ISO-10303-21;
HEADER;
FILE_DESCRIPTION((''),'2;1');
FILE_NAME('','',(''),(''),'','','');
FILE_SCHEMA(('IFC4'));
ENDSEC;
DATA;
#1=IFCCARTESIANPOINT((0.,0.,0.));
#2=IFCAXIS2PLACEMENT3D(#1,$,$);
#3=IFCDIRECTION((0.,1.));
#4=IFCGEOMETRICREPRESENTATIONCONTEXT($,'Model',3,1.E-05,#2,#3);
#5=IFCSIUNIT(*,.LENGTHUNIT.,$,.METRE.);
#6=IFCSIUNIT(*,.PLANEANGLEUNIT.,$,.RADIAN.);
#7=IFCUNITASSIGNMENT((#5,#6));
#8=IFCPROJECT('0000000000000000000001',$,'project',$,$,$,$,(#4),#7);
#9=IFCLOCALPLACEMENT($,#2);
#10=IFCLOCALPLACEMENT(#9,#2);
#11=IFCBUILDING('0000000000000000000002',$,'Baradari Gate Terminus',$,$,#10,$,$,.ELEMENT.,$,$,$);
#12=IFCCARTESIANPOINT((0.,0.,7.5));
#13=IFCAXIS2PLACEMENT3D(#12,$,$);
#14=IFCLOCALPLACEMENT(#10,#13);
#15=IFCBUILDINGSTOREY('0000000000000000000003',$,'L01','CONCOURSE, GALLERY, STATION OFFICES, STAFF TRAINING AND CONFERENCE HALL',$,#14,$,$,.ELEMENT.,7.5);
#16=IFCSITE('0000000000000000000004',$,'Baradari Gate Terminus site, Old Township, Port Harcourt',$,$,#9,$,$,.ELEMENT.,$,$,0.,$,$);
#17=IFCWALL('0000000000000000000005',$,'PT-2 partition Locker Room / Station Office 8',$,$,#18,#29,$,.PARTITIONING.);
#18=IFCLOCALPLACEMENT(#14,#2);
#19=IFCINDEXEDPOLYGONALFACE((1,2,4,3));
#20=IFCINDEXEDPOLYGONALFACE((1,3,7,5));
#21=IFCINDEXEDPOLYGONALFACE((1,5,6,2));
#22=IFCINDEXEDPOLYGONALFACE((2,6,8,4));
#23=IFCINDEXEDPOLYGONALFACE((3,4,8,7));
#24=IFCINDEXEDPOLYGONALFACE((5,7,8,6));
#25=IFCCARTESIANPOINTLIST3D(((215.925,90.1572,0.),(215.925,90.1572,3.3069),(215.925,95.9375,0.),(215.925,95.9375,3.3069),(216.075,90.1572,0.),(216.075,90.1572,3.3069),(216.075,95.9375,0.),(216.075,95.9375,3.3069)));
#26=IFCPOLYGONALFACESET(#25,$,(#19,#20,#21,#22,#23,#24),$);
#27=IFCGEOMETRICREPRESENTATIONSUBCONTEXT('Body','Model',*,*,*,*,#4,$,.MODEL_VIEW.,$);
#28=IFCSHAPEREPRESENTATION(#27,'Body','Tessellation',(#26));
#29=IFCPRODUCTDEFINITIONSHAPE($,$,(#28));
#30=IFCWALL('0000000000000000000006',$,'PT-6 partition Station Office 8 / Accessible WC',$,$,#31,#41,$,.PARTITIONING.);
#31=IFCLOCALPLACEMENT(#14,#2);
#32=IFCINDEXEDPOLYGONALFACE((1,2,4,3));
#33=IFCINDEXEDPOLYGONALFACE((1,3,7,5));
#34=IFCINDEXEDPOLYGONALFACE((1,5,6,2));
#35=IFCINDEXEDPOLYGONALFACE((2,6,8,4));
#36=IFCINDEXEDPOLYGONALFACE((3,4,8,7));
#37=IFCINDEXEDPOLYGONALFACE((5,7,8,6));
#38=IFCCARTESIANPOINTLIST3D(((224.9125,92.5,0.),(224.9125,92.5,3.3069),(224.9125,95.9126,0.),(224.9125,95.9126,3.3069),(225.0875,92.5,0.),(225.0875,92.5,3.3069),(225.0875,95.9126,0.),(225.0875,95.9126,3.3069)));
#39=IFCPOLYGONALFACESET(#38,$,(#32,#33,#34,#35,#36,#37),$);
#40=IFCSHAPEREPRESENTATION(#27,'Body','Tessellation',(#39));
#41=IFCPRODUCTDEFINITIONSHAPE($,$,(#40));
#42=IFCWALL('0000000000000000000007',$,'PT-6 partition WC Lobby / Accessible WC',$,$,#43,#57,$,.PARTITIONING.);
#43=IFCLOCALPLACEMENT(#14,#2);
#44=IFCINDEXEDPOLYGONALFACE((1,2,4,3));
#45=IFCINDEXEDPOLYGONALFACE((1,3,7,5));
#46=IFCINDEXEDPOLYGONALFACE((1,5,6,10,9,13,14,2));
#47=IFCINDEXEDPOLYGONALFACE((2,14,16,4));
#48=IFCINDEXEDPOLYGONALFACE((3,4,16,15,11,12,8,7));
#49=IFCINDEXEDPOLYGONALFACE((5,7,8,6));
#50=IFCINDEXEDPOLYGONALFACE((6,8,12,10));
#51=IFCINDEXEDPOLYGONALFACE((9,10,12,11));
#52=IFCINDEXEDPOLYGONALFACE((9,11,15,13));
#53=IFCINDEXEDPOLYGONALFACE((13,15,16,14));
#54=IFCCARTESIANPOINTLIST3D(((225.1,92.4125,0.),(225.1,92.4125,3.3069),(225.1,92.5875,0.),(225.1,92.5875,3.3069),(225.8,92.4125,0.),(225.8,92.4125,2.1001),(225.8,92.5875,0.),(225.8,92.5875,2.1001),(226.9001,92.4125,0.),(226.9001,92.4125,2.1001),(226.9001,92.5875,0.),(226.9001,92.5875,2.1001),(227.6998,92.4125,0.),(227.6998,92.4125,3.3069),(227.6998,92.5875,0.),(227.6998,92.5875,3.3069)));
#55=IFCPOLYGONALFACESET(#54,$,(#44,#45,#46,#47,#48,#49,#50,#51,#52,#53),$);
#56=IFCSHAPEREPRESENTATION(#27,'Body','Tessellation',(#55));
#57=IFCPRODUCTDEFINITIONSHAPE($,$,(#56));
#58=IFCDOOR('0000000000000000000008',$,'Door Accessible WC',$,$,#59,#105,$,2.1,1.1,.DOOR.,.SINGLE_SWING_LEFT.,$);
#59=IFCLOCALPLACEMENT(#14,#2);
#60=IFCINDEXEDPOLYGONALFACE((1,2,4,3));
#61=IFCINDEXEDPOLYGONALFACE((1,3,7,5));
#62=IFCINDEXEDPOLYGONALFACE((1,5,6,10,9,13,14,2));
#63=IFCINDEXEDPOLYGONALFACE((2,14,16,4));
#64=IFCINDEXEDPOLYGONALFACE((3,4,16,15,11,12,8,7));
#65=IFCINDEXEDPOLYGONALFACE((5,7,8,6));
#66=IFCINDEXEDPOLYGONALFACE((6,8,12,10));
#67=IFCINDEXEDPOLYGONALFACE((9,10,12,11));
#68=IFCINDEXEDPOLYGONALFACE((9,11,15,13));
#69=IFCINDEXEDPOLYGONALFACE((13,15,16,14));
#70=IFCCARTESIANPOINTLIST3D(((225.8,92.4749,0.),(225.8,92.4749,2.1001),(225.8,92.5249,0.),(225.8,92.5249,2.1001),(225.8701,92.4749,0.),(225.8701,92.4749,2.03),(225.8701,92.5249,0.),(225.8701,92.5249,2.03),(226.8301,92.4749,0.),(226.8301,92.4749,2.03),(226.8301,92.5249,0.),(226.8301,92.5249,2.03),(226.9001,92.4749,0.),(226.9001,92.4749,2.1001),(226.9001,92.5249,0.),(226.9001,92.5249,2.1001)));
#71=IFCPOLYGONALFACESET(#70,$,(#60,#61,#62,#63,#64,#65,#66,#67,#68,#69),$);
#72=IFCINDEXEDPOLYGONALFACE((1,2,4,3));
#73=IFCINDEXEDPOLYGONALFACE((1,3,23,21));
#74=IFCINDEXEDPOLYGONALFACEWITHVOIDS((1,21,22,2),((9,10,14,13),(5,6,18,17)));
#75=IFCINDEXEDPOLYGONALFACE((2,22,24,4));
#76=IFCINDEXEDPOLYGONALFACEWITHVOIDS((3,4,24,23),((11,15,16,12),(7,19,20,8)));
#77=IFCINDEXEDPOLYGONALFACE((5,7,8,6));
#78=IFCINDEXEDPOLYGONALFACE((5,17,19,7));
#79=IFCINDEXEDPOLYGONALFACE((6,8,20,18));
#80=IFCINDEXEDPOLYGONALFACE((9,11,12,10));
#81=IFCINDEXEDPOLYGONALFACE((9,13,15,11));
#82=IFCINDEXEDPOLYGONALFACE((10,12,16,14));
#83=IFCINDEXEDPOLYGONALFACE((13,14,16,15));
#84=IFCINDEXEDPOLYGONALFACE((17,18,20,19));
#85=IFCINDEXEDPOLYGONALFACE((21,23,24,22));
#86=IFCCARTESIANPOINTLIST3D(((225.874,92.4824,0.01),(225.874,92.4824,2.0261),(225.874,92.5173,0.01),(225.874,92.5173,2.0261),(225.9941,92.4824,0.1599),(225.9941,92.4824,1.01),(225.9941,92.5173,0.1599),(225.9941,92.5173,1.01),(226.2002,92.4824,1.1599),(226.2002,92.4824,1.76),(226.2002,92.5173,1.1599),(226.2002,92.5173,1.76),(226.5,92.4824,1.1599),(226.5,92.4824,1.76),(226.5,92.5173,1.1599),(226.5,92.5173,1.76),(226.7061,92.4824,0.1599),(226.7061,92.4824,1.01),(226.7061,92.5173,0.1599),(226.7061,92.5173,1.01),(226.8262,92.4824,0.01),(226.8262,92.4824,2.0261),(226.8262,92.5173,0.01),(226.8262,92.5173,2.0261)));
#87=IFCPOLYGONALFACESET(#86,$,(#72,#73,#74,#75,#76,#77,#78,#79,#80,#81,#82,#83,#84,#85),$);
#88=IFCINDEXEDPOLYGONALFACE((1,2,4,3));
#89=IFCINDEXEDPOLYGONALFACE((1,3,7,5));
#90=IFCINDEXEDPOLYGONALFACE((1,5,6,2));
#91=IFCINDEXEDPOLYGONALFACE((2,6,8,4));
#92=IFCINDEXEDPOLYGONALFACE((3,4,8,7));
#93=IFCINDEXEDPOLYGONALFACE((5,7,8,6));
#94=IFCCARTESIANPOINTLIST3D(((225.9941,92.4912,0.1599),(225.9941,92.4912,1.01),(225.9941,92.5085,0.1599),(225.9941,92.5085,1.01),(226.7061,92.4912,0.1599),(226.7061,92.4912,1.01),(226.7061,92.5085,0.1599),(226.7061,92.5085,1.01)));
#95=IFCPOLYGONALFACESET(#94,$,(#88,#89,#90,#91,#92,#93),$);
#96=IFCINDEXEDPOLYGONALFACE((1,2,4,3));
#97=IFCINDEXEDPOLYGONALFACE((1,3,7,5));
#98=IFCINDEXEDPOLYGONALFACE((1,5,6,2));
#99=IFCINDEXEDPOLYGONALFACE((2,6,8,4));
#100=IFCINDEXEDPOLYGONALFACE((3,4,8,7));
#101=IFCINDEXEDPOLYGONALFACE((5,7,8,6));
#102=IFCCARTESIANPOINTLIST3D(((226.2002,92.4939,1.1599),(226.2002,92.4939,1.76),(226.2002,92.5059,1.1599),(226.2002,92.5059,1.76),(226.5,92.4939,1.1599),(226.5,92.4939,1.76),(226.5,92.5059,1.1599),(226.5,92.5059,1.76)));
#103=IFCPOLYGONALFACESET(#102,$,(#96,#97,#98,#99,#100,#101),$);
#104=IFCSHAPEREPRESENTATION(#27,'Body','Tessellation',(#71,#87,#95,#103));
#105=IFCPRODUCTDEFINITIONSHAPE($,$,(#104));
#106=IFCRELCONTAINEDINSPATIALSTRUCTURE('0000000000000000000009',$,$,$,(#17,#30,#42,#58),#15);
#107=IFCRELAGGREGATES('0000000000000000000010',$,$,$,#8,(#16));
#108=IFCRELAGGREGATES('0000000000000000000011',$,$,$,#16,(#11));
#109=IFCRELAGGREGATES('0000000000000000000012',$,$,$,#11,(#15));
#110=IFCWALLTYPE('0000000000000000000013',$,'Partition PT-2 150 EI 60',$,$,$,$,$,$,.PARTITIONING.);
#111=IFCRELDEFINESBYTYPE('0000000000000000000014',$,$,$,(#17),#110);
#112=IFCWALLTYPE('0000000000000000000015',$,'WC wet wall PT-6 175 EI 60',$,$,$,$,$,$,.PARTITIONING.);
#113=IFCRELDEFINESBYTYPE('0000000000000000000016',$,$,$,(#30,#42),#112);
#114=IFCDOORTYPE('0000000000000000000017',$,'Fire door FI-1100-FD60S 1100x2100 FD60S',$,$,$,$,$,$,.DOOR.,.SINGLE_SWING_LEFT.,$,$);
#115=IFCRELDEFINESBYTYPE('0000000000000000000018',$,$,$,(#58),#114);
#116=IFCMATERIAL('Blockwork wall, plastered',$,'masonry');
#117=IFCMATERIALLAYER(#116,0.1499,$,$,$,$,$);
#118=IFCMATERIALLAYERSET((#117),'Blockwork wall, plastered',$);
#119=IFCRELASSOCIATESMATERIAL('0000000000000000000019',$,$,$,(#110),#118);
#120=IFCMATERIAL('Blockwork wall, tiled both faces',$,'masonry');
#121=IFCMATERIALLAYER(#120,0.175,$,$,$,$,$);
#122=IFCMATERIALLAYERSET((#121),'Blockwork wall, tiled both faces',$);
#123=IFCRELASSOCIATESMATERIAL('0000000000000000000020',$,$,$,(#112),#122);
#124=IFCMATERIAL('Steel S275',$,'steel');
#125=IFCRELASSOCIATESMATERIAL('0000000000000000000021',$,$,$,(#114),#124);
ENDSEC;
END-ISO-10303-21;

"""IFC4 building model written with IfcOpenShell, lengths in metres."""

from ifc_helpers import new_model, si_unit, direction, frame, frame_2d, origin, place, context, subcontext, project, spatial, polyline, rectangle, outline, extrude, material, layer, layer_set, type_object, element, fill, save


model = new_model("IFC4")

# Units and contexts
model_context = context("Model", 3, precision=1e-05, world=origin(), true_north=direction((0.0, 1.0)))
body_context = subcontext(model_context, "Body", "Model", "MODEL_VIEW")
ifc_project = project(units=[si_unit("LENGTHUNIT", "METRE"), si_unit("PLANEANGLEUNIT", "RADIAN")], contexts=[model_context])

# Site, building, storey
site_placement = place(None, origin())
site = spatial("IfcSite", under=ifc_project, at=site_placement, Name="Baradari Gate Terminus site, Old Township, Port Harcourt", CompositionType="ELEMENT", RefElevation=0.0)
building_placement = place(site_placement, origin())
building = spatial("IfcBuilding", under=site, at=building_placement, Name="Baradari Gate Terminus", CompositionType="ELEMENT")
storey_placement = place(building_placement, frame((0.0, 0.0, 7.5)))
storey = spatial("IfcBuildingStorey", under=building, at=storey_placement, Name="L01", Description="CONCOURSE, GALLERY, STATION OFFICES, STAFF TRAINING AND CONFERENCE HALL", CompositionType="ELEMENT", Elevation=7.5)

# Walls
ifc_material_1 = material(Name="Blockwork wall, plastered", Category="masonry")
ifc_layer_1 = layer(ifc_material_1, 0.1499)
ifc_layer_set_1 = layer_set([ifc_layer_1], Name="Blockwork wall, plastered")
wall_type_1 = type_object("IfcWallType", Name="Partition PT-2 150 EI 60", PredefinedType="PARTITIONING", material=ifc_layer_set_1)
wall_1_placement = place(storey_placement, frame((216.0, 95.9375, 0.0), z_axis=(0.0, 0.0, 1.0), x_axis=(0.0, -1.0, 0.0)))
element("IfcWall", 1, at=wall_1_placement, inside=storey, type_object=wall_type_1, Name="PT-2 partition Locker Room / Station Office 8", PredefinedType="PARTITIONING", context=body_context, shape_type="SweptSolid", body=[
    extrude(rectangle(XDim=5.7803, YDim=0.1499, at=frame_2d((2.8901, 0.0))), origin(), (0.0, 0.0, 1.0), 3.3069),
])
ifc_material_2 = material(Name="Blockwork wall, tiled both faces", Category="masonry")
ifc_layer_2 = layer(ifc_material_2, 0.175)
ifc_layer_set_2 = layer_set([ifc_layer_2], Name="Blockwork wall, tiled both faces")
wall_type_2 = type_object("IfcWallType", Name="WC wet wall PT-6 175 EI 60", PredefinedType="PARTITIONING", material=ifc_layer_set_2)
wall_2_placement = place(storey_placement, frame((225.0, 95.9126, 0.0), z_axis=(0.0, 0.0, 1.0), x_axis=(0.0, -1.0, 0.0)))
element("IfcWall", 2, at=wall_2_placement, inside=storey, type_object=wall_type_2, Name="PT-6 partition Station Office 8 / Accessible WC", PredefinedType="PARTITIONING", context=body_context, shape_type="SweptSolid", body=[
    extrude(rectangle(XDim=3.4126, YDim=0.175, at=frame_2d((1.7063, 0.0))), origin(), (0.0, 0.0, 1.0), 3.3069),
])

# Wall, opening, door
wall_3_placement = place(storey_placement, frame((225.1001, 92.5, 0.0), z_axis=(0.0, 0.0, 1.0), x_axis=(1.0, 0.0, 0.0)))
wall_3 = element("IfcWall", 3, at=wall_3_placement, inside=storey, type_object=wall_type_2, Name="PT-6 partition WC Lobby / Accessible WC", PredefinedType="PARTITIONING", context=body_context, shape_type="SweptSolid", body=[
    extrude(rectangle(XDim=2.5999, YDim=0.175, at=frame_2d((1.2998, 0.0))), origin(), (0.0, 0.0, 1.0), 3.3069),
])
opening_placement = place(wall_3_placement, frame((0.7, 0.0, 0.0)))
opening = element("IfcOpeningElement", 4, at=opening_placement, cuts=wall_3, PredefinedType="OPENING", context=body_context, shape_type="SweptSolid", body=[
    extrude(rectangle(XDim=1.1001, YDim=2.1001, at=frame_2d((0.55, 1.05))), frame((0.0, 0.0974, 0.0), z_axis=(0.0, -1.0, 0.0), x_axis=(1.0, 0.0, 0.0)), (0.0, 0.0, 1.0), 0.1951),
])
ifc_material_3 = material(Name="Steel S275", Category="steel")
door_type = type_object("IfcDoorType", Name="Fire door FI-1100-FD60S 1100x2100 FD60S", OperationType="SINGLE_SWING_LEFT", PredefinedType="DOOR", material=ifc_material_3)
door_placement = place(opening_placement, origin())
door = element("IfcDoor", 5, at=door_placement, inside=storey, type_object=door_type, Name="Door Accessible WC", OperationType="SINGLE_SWING_LEFT", OverallHeight=2.1, OverallWidth=1.1, PredefinedType="DOOR", context=body_context, shape_type="SweptSolid", body=[
    extrude(outline(polyline([(0.0, 0.0), (0.0701, 0.0), (0.0701, 2.03), (1.03, 2.03), (1.03, 0.0), (1.1001, 0.0), (1.1001, 2.1001), (0.0, 2.1001), (0.0, 0.0)])), frame((0.0, 0.0249, 0.0), z_axis=(0.0, -1.0, 0.0), x_axis=(1.0, 0.0, 0.0)), (0.0, 0.0, 1.0), 0.05),
    extrude(outline(polyline([(0.074, 0.01), (1.0261, 0.01), (1.0261, 2.0261), (0.074, 2.0261), (0.074, 0.01)]), holes=[polyline([(0.1941, 0.1599), (0.906, 0.1599), (0.906, 1.01), (0.1941, 1.01), (0.1941, 0.1599)]), polyline([(0.4001, 1.1599), (0.7, 1.1599), (0.7, 1.76), (0.4001, 1.76), (0.4001, 1.1599)])]), frame((0.0, 0.0173, 0.0), z_axis=(0.0, -1.0, 0.0), x_axis=(1.0, 0.0, 0.0)), (0.0, 0.0, 1.0), 0.0349),
    extrude(rectangle(XDim=0.7119, YDim=0.8501, at=frame_2d((0.55, 0.585))), frame((0.0, 0.0085, 0.0), z_axis=(0.0, -1.0, 0.0), x_axis=(1.0, 0.0, 0.0)), (0.0, 0.0, 1.0), 0.0173),
    extrude(rectangle(XDim=0.2998, YDim=0.6001, at=frame_2d((0.55, 1.46))), frame((0.0, 0.0059, 0.0), z_axis=(0.0, -1.0, 0.0), x_axis=(1.0, 0.0, 0.0)), (0.0, 0.0, 1.0), 0.012),
])
fill(opening, door)

save(model, "model.ifc")
